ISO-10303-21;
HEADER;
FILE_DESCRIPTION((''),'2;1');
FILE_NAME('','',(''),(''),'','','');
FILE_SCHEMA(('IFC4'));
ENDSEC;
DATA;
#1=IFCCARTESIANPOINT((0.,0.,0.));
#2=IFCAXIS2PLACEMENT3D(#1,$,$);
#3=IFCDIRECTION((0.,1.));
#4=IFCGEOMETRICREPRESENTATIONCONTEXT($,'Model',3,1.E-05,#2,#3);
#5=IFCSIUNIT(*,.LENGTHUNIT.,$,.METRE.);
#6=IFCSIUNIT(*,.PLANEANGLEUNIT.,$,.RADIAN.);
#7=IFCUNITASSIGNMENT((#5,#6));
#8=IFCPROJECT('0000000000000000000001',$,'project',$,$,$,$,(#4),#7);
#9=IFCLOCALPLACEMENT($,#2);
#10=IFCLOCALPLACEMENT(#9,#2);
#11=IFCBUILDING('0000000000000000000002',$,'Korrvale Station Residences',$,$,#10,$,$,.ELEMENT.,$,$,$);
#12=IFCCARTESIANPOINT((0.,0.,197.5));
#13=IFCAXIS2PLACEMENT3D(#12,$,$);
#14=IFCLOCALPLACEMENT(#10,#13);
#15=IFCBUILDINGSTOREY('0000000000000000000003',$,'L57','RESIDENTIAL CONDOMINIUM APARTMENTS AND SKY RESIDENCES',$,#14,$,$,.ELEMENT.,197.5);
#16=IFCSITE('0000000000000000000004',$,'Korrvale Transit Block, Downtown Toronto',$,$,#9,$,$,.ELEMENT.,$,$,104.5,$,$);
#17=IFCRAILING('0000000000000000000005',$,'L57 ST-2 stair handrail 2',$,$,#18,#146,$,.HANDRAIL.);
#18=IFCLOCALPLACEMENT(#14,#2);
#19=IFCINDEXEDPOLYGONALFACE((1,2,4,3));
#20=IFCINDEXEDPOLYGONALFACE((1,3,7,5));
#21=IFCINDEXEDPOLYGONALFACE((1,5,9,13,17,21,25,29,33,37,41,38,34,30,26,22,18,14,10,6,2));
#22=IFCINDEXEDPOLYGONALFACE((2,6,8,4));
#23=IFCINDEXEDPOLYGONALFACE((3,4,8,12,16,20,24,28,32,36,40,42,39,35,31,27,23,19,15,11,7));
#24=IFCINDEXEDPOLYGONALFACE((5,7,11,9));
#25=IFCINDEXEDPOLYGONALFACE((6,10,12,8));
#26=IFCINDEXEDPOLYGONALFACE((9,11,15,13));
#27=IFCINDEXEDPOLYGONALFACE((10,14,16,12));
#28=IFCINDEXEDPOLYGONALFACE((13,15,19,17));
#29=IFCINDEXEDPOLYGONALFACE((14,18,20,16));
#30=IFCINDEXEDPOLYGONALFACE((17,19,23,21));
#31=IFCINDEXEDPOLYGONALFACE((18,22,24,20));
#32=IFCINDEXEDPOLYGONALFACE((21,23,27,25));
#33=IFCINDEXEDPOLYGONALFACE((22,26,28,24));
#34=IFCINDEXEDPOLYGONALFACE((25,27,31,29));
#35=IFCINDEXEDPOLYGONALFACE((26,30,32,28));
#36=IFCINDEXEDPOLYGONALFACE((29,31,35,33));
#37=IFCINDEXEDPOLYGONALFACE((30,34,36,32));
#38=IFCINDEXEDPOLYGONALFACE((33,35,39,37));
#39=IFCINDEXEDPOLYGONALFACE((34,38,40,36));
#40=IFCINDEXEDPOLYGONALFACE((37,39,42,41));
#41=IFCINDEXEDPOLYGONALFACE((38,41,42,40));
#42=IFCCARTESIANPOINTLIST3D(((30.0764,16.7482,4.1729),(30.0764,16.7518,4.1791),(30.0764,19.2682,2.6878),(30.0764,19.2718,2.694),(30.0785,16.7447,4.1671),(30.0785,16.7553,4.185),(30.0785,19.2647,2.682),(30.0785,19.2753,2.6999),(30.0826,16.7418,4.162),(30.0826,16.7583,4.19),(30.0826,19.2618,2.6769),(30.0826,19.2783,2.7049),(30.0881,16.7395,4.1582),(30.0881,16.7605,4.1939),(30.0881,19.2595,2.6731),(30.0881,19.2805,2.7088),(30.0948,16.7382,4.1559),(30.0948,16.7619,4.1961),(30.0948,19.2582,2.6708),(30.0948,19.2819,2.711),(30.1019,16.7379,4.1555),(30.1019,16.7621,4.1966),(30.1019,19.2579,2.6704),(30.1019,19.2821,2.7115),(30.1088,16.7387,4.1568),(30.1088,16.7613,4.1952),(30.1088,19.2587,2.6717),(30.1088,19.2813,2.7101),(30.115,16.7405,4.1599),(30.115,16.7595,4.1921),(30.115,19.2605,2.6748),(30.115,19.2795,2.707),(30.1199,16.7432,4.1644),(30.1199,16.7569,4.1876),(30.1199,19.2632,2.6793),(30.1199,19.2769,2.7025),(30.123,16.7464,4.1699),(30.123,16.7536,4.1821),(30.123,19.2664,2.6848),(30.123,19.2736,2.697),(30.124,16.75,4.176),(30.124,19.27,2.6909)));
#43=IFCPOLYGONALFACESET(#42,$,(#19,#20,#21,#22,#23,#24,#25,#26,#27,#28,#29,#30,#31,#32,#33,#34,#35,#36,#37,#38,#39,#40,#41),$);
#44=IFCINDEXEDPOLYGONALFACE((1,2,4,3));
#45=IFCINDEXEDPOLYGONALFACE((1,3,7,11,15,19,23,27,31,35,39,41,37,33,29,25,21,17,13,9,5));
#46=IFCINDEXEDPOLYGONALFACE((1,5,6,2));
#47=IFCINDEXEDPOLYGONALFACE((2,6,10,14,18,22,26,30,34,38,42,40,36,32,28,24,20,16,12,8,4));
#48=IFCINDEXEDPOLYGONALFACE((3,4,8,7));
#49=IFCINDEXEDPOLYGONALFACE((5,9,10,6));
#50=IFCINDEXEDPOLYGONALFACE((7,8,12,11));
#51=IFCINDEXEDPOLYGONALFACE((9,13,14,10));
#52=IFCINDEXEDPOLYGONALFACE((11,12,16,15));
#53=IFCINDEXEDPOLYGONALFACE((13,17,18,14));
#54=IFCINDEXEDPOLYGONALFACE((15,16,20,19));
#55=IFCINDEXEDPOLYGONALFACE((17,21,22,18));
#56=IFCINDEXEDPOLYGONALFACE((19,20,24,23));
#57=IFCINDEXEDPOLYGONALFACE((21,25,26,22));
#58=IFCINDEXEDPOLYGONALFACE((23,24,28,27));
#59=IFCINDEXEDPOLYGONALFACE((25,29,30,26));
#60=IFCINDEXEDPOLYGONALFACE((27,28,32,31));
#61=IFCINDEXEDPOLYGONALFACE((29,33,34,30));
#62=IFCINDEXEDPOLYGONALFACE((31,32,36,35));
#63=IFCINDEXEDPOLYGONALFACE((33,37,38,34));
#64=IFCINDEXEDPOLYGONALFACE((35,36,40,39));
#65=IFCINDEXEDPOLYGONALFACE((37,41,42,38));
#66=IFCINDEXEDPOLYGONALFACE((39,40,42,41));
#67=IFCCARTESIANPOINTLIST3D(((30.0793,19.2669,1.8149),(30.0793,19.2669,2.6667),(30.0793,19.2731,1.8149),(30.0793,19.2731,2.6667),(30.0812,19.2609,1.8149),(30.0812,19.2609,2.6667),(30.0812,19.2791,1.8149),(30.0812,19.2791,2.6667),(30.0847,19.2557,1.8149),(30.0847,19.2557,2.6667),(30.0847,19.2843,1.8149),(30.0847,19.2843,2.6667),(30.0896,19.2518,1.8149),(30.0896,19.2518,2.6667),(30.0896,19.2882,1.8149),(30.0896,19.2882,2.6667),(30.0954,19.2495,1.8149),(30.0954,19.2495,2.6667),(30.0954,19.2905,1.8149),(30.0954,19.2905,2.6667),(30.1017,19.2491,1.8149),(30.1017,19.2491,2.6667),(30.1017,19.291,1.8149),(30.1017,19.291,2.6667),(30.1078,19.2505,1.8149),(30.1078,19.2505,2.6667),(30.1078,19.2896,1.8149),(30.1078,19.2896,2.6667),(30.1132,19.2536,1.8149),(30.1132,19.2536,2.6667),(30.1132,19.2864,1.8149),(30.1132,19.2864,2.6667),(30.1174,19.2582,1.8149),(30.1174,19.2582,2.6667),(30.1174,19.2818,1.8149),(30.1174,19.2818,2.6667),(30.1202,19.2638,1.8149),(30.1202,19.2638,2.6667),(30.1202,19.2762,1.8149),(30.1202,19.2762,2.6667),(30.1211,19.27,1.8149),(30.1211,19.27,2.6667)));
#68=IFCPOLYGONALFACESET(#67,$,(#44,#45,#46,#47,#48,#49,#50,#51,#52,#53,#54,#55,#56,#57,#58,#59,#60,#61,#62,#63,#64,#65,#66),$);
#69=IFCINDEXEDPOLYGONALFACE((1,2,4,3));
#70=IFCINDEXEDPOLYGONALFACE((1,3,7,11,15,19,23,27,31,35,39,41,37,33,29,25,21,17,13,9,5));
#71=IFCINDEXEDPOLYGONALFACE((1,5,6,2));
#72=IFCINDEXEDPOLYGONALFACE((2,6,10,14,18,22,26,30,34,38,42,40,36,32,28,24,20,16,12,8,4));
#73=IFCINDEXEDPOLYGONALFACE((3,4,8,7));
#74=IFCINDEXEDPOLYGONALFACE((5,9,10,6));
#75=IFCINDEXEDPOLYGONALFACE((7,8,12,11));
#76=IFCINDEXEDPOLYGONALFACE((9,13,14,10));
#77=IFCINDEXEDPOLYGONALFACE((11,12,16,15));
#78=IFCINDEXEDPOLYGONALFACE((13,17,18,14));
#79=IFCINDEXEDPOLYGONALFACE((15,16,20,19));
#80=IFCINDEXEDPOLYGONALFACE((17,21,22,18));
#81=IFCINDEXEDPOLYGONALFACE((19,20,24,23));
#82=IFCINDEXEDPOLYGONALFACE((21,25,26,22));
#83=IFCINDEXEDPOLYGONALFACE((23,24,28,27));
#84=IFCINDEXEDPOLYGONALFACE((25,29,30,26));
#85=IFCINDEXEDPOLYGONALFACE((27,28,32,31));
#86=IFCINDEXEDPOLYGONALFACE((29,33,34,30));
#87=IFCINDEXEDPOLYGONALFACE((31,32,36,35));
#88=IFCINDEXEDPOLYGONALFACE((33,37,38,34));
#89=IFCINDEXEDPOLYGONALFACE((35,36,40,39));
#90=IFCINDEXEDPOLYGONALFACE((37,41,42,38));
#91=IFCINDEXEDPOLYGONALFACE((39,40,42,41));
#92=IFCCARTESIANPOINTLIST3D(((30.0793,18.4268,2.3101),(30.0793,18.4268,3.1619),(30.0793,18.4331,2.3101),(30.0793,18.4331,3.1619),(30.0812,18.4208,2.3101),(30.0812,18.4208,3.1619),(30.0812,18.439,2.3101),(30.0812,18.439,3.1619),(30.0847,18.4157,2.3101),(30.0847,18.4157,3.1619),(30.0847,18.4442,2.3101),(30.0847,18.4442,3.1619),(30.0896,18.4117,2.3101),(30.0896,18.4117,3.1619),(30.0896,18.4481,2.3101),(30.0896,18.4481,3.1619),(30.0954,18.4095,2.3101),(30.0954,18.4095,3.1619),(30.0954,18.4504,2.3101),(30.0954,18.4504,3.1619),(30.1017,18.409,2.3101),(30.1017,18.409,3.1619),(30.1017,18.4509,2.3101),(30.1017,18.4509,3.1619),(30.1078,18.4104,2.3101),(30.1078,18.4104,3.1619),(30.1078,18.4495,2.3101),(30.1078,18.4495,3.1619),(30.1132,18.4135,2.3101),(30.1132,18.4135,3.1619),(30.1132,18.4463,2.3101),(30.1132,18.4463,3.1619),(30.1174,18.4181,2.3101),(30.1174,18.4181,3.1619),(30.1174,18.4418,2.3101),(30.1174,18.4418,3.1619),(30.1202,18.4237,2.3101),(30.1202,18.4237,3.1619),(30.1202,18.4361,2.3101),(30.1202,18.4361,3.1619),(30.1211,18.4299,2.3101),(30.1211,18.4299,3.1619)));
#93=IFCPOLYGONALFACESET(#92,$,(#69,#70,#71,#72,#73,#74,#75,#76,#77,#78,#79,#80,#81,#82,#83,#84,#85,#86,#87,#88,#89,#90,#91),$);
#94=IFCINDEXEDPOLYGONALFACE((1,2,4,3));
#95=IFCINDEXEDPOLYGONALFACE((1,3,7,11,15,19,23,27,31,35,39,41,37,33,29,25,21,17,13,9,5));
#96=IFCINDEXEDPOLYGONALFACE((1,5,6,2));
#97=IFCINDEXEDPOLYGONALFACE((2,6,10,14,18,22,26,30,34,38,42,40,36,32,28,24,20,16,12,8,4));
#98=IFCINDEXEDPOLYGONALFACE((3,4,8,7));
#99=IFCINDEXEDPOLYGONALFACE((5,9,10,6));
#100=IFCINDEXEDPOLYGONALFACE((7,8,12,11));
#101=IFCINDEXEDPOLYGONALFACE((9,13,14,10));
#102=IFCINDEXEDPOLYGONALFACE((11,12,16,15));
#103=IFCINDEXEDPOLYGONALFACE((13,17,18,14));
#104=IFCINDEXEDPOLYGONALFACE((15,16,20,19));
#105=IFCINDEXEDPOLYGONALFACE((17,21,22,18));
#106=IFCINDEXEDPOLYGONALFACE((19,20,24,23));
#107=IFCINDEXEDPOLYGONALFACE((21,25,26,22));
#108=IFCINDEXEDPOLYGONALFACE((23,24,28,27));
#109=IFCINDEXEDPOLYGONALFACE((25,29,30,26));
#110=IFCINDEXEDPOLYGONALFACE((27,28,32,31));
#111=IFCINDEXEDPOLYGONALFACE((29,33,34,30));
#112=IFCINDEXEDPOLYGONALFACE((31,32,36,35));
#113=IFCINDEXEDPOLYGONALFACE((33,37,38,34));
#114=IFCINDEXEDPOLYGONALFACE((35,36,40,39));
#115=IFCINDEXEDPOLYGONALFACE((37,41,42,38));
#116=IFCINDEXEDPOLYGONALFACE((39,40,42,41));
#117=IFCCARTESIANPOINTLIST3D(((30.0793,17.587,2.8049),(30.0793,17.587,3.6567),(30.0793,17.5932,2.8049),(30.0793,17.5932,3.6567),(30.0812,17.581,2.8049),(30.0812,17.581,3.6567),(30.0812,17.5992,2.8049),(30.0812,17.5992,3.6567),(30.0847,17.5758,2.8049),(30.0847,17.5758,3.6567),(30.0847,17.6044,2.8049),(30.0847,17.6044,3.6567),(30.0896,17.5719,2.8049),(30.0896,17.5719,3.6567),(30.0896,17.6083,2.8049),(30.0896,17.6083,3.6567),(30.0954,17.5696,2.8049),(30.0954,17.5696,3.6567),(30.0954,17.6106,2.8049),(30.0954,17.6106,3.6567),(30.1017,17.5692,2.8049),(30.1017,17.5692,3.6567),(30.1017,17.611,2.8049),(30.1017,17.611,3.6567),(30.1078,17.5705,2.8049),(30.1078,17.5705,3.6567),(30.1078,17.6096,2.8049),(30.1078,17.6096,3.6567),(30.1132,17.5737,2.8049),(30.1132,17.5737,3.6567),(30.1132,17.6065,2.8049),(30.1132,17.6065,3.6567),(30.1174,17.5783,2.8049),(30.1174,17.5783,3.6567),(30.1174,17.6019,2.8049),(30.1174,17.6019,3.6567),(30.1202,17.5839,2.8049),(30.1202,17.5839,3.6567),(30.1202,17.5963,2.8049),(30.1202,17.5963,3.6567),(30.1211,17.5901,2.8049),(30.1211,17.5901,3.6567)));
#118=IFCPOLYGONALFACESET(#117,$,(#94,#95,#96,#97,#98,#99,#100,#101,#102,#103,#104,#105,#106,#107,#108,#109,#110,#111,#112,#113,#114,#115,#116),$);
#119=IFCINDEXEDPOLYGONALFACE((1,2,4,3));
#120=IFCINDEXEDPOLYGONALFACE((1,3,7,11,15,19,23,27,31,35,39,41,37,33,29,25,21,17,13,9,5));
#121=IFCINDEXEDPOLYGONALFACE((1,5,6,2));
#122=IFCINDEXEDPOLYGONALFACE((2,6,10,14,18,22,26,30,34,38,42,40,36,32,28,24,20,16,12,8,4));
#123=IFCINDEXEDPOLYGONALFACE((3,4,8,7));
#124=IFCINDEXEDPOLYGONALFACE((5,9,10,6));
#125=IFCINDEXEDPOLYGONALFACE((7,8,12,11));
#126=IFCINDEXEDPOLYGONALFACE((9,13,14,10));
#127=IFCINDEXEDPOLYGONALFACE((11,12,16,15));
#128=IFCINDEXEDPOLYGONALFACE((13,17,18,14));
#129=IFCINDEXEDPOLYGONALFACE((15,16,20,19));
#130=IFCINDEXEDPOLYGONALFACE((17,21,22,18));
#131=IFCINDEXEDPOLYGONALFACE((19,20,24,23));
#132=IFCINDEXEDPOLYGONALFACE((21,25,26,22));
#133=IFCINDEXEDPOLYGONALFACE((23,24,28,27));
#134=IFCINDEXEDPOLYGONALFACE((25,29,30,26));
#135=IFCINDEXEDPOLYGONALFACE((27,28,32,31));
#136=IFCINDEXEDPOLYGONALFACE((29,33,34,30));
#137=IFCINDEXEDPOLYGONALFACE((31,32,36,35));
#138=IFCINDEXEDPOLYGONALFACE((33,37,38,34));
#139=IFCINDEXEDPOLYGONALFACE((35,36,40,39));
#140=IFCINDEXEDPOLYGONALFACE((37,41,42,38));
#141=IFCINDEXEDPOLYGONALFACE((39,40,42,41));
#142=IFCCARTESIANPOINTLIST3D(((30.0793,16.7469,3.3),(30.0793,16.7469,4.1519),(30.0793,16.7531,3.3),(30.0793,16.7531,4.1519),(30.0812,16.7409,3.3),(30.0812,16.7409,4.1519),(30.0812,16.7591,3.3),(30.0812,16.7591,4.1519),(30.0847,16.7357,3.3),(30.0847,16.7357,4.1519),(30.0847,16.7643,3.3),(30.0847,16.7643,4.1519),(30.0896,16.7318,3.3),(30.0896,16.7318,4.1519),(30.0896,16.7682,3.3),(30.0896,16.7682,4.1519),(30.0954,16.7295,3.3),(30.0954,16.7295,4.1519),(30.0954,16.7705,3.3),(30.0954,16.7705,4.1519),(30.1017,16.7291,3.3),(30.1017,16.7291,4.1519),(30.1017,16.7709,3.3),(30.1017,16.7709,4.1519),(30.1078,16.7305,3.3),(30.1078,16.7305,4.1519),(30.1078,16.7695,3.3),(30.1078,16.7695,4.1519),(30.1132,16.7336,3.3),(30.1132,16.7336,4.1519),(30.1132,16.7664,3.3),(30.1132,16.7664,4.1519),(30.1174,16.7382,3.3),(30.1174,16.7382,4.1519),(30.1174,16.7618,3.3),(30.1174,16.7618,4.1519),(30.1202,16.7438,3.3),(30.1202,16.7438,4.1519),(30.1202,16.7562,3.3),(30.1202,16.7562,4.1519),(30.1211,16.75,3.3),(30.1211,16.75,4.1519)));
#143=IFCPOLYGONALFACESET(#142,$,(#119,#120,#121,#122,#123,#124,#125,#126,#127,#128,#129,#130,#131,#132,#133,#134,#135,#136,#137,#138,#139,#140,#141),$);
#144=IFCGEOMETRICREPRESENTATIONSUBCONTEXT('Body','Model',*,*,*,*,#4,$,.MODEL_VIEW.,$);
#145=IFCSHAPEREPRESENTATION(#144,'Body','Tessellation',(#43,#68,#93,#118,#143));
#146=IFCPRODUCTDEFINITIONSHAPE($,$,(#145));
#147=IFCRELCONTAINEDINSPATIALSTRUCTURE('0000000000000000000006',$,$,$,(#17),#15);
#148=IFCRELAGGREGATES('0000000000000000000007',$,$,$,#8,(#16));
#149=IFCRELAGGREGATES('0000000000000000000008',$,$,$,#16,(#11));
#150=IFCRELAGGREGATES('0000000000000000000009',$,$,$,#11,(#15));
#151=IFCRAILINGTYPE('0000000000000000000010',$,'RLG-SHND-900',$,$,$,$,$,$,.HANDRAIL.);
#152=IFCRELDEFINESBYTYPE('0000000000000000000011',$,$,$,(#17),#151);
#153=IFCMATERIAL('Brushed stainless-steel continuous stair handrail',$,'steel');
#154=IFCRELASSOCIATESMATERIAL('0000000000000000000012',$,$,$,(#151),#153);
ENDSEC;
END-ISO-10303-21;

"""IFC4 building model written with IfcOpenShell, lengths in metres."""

from ifc_helpers import new_model, si_unit, direction, frame, origin, origin_2d, place, context, subcontext, project, spatial, circle, extrude, material, type_object, element, save


model = new_model("IFC4")

# Units and contexts
model_context = context("Model", 3, precision=1e-05, world=origin(), true_north=direction((0.0, 1.0)))
body_context = subcontext(model_context, "Body", "Model", "MODEL_VIEW")
ifc_project = project(units=[si_unit("LENGTHUNIT", "METRE"), si_unit("PLANEANGLEUNIT", "RADIAN")], contexts=[model_context])

# Site, building, storey
site_placement = place(None, origin())
site = spatial("IfcSite", under=ifc_project, at=site_placement, Name="Korrvale Transit Block, Downtown Toronto", CompositionType="ELEMENT", RefElevation=104.5)
building_placement = place(site_placement, origin())
building = spatial("IfcBuilding", under=site, at=building_placement, Name="Korrvale Station Residences", CompositionType="ELEMENT")
storey_placement = place(building_placement, frame((0.0, 0.0, 197.5)))
storey = spatial("IfcBuildingStorey", under=building, at=storey_placement, Name="L57", Description="RESIDENTIAL CONDOMINIUM APARTMENTS AND SKY RESIDENCES", CompositionType="ELEMENT", Elevation=197.5)

# Railing
ifc_material_1 = material(Name="Brushed stainless-steel continuous stair handrail", Category="steel")
railing_type_1 = type_object("IfcRailingType", Name="RLG-SHND-900", PredefinedType="HANDRAIL", material=ifc_material_1)
railing_1_placement = place(storey_placement, frame((30.1001, 19.27, 1.8149)))
element("IfcRailing", 1, at=railing_1_placement, inside=storey, type_object=railing_type_1, Name="L57 ST-2 stair handrail 2", PredefinedType="HANDRAIL", context=body_context, shape_type="SweptSolid", body=[
    extrude(circle(Radius=0.0239, at=origin_2d()), frame((0.0, 0.0, 0.876), z_axis=(0.0, -0.861524, 0.507717), x_axis=(1.0, 0.0, 0.0)), (0.0, 0.0, 1.0), 2.925),
    extrude(circle(Radius=0.021, at=origin_2d()), origin(), (0.0, 0.0, 1.0), 0.8518),
    extrude(circle(Radius=0.021, at=origin_2d()), frame((0.0, -0.8401, 0.4951)), (0.0, 0.0, 1.0), 0.8518),
    extrude(circle(Radius=0.021, at=origin_2d()), frame((0.0, -1.6799, 0.99)), (0.0, 0.0, 1.0), 0.8518),
    extrude(circle(Radius=0.021, at=origin_2d()), frame((0.0, -2.52, 1.4851)), (0.0, 0.0, 1.0), 0.8518),
])

save(model, "model.ifc")
